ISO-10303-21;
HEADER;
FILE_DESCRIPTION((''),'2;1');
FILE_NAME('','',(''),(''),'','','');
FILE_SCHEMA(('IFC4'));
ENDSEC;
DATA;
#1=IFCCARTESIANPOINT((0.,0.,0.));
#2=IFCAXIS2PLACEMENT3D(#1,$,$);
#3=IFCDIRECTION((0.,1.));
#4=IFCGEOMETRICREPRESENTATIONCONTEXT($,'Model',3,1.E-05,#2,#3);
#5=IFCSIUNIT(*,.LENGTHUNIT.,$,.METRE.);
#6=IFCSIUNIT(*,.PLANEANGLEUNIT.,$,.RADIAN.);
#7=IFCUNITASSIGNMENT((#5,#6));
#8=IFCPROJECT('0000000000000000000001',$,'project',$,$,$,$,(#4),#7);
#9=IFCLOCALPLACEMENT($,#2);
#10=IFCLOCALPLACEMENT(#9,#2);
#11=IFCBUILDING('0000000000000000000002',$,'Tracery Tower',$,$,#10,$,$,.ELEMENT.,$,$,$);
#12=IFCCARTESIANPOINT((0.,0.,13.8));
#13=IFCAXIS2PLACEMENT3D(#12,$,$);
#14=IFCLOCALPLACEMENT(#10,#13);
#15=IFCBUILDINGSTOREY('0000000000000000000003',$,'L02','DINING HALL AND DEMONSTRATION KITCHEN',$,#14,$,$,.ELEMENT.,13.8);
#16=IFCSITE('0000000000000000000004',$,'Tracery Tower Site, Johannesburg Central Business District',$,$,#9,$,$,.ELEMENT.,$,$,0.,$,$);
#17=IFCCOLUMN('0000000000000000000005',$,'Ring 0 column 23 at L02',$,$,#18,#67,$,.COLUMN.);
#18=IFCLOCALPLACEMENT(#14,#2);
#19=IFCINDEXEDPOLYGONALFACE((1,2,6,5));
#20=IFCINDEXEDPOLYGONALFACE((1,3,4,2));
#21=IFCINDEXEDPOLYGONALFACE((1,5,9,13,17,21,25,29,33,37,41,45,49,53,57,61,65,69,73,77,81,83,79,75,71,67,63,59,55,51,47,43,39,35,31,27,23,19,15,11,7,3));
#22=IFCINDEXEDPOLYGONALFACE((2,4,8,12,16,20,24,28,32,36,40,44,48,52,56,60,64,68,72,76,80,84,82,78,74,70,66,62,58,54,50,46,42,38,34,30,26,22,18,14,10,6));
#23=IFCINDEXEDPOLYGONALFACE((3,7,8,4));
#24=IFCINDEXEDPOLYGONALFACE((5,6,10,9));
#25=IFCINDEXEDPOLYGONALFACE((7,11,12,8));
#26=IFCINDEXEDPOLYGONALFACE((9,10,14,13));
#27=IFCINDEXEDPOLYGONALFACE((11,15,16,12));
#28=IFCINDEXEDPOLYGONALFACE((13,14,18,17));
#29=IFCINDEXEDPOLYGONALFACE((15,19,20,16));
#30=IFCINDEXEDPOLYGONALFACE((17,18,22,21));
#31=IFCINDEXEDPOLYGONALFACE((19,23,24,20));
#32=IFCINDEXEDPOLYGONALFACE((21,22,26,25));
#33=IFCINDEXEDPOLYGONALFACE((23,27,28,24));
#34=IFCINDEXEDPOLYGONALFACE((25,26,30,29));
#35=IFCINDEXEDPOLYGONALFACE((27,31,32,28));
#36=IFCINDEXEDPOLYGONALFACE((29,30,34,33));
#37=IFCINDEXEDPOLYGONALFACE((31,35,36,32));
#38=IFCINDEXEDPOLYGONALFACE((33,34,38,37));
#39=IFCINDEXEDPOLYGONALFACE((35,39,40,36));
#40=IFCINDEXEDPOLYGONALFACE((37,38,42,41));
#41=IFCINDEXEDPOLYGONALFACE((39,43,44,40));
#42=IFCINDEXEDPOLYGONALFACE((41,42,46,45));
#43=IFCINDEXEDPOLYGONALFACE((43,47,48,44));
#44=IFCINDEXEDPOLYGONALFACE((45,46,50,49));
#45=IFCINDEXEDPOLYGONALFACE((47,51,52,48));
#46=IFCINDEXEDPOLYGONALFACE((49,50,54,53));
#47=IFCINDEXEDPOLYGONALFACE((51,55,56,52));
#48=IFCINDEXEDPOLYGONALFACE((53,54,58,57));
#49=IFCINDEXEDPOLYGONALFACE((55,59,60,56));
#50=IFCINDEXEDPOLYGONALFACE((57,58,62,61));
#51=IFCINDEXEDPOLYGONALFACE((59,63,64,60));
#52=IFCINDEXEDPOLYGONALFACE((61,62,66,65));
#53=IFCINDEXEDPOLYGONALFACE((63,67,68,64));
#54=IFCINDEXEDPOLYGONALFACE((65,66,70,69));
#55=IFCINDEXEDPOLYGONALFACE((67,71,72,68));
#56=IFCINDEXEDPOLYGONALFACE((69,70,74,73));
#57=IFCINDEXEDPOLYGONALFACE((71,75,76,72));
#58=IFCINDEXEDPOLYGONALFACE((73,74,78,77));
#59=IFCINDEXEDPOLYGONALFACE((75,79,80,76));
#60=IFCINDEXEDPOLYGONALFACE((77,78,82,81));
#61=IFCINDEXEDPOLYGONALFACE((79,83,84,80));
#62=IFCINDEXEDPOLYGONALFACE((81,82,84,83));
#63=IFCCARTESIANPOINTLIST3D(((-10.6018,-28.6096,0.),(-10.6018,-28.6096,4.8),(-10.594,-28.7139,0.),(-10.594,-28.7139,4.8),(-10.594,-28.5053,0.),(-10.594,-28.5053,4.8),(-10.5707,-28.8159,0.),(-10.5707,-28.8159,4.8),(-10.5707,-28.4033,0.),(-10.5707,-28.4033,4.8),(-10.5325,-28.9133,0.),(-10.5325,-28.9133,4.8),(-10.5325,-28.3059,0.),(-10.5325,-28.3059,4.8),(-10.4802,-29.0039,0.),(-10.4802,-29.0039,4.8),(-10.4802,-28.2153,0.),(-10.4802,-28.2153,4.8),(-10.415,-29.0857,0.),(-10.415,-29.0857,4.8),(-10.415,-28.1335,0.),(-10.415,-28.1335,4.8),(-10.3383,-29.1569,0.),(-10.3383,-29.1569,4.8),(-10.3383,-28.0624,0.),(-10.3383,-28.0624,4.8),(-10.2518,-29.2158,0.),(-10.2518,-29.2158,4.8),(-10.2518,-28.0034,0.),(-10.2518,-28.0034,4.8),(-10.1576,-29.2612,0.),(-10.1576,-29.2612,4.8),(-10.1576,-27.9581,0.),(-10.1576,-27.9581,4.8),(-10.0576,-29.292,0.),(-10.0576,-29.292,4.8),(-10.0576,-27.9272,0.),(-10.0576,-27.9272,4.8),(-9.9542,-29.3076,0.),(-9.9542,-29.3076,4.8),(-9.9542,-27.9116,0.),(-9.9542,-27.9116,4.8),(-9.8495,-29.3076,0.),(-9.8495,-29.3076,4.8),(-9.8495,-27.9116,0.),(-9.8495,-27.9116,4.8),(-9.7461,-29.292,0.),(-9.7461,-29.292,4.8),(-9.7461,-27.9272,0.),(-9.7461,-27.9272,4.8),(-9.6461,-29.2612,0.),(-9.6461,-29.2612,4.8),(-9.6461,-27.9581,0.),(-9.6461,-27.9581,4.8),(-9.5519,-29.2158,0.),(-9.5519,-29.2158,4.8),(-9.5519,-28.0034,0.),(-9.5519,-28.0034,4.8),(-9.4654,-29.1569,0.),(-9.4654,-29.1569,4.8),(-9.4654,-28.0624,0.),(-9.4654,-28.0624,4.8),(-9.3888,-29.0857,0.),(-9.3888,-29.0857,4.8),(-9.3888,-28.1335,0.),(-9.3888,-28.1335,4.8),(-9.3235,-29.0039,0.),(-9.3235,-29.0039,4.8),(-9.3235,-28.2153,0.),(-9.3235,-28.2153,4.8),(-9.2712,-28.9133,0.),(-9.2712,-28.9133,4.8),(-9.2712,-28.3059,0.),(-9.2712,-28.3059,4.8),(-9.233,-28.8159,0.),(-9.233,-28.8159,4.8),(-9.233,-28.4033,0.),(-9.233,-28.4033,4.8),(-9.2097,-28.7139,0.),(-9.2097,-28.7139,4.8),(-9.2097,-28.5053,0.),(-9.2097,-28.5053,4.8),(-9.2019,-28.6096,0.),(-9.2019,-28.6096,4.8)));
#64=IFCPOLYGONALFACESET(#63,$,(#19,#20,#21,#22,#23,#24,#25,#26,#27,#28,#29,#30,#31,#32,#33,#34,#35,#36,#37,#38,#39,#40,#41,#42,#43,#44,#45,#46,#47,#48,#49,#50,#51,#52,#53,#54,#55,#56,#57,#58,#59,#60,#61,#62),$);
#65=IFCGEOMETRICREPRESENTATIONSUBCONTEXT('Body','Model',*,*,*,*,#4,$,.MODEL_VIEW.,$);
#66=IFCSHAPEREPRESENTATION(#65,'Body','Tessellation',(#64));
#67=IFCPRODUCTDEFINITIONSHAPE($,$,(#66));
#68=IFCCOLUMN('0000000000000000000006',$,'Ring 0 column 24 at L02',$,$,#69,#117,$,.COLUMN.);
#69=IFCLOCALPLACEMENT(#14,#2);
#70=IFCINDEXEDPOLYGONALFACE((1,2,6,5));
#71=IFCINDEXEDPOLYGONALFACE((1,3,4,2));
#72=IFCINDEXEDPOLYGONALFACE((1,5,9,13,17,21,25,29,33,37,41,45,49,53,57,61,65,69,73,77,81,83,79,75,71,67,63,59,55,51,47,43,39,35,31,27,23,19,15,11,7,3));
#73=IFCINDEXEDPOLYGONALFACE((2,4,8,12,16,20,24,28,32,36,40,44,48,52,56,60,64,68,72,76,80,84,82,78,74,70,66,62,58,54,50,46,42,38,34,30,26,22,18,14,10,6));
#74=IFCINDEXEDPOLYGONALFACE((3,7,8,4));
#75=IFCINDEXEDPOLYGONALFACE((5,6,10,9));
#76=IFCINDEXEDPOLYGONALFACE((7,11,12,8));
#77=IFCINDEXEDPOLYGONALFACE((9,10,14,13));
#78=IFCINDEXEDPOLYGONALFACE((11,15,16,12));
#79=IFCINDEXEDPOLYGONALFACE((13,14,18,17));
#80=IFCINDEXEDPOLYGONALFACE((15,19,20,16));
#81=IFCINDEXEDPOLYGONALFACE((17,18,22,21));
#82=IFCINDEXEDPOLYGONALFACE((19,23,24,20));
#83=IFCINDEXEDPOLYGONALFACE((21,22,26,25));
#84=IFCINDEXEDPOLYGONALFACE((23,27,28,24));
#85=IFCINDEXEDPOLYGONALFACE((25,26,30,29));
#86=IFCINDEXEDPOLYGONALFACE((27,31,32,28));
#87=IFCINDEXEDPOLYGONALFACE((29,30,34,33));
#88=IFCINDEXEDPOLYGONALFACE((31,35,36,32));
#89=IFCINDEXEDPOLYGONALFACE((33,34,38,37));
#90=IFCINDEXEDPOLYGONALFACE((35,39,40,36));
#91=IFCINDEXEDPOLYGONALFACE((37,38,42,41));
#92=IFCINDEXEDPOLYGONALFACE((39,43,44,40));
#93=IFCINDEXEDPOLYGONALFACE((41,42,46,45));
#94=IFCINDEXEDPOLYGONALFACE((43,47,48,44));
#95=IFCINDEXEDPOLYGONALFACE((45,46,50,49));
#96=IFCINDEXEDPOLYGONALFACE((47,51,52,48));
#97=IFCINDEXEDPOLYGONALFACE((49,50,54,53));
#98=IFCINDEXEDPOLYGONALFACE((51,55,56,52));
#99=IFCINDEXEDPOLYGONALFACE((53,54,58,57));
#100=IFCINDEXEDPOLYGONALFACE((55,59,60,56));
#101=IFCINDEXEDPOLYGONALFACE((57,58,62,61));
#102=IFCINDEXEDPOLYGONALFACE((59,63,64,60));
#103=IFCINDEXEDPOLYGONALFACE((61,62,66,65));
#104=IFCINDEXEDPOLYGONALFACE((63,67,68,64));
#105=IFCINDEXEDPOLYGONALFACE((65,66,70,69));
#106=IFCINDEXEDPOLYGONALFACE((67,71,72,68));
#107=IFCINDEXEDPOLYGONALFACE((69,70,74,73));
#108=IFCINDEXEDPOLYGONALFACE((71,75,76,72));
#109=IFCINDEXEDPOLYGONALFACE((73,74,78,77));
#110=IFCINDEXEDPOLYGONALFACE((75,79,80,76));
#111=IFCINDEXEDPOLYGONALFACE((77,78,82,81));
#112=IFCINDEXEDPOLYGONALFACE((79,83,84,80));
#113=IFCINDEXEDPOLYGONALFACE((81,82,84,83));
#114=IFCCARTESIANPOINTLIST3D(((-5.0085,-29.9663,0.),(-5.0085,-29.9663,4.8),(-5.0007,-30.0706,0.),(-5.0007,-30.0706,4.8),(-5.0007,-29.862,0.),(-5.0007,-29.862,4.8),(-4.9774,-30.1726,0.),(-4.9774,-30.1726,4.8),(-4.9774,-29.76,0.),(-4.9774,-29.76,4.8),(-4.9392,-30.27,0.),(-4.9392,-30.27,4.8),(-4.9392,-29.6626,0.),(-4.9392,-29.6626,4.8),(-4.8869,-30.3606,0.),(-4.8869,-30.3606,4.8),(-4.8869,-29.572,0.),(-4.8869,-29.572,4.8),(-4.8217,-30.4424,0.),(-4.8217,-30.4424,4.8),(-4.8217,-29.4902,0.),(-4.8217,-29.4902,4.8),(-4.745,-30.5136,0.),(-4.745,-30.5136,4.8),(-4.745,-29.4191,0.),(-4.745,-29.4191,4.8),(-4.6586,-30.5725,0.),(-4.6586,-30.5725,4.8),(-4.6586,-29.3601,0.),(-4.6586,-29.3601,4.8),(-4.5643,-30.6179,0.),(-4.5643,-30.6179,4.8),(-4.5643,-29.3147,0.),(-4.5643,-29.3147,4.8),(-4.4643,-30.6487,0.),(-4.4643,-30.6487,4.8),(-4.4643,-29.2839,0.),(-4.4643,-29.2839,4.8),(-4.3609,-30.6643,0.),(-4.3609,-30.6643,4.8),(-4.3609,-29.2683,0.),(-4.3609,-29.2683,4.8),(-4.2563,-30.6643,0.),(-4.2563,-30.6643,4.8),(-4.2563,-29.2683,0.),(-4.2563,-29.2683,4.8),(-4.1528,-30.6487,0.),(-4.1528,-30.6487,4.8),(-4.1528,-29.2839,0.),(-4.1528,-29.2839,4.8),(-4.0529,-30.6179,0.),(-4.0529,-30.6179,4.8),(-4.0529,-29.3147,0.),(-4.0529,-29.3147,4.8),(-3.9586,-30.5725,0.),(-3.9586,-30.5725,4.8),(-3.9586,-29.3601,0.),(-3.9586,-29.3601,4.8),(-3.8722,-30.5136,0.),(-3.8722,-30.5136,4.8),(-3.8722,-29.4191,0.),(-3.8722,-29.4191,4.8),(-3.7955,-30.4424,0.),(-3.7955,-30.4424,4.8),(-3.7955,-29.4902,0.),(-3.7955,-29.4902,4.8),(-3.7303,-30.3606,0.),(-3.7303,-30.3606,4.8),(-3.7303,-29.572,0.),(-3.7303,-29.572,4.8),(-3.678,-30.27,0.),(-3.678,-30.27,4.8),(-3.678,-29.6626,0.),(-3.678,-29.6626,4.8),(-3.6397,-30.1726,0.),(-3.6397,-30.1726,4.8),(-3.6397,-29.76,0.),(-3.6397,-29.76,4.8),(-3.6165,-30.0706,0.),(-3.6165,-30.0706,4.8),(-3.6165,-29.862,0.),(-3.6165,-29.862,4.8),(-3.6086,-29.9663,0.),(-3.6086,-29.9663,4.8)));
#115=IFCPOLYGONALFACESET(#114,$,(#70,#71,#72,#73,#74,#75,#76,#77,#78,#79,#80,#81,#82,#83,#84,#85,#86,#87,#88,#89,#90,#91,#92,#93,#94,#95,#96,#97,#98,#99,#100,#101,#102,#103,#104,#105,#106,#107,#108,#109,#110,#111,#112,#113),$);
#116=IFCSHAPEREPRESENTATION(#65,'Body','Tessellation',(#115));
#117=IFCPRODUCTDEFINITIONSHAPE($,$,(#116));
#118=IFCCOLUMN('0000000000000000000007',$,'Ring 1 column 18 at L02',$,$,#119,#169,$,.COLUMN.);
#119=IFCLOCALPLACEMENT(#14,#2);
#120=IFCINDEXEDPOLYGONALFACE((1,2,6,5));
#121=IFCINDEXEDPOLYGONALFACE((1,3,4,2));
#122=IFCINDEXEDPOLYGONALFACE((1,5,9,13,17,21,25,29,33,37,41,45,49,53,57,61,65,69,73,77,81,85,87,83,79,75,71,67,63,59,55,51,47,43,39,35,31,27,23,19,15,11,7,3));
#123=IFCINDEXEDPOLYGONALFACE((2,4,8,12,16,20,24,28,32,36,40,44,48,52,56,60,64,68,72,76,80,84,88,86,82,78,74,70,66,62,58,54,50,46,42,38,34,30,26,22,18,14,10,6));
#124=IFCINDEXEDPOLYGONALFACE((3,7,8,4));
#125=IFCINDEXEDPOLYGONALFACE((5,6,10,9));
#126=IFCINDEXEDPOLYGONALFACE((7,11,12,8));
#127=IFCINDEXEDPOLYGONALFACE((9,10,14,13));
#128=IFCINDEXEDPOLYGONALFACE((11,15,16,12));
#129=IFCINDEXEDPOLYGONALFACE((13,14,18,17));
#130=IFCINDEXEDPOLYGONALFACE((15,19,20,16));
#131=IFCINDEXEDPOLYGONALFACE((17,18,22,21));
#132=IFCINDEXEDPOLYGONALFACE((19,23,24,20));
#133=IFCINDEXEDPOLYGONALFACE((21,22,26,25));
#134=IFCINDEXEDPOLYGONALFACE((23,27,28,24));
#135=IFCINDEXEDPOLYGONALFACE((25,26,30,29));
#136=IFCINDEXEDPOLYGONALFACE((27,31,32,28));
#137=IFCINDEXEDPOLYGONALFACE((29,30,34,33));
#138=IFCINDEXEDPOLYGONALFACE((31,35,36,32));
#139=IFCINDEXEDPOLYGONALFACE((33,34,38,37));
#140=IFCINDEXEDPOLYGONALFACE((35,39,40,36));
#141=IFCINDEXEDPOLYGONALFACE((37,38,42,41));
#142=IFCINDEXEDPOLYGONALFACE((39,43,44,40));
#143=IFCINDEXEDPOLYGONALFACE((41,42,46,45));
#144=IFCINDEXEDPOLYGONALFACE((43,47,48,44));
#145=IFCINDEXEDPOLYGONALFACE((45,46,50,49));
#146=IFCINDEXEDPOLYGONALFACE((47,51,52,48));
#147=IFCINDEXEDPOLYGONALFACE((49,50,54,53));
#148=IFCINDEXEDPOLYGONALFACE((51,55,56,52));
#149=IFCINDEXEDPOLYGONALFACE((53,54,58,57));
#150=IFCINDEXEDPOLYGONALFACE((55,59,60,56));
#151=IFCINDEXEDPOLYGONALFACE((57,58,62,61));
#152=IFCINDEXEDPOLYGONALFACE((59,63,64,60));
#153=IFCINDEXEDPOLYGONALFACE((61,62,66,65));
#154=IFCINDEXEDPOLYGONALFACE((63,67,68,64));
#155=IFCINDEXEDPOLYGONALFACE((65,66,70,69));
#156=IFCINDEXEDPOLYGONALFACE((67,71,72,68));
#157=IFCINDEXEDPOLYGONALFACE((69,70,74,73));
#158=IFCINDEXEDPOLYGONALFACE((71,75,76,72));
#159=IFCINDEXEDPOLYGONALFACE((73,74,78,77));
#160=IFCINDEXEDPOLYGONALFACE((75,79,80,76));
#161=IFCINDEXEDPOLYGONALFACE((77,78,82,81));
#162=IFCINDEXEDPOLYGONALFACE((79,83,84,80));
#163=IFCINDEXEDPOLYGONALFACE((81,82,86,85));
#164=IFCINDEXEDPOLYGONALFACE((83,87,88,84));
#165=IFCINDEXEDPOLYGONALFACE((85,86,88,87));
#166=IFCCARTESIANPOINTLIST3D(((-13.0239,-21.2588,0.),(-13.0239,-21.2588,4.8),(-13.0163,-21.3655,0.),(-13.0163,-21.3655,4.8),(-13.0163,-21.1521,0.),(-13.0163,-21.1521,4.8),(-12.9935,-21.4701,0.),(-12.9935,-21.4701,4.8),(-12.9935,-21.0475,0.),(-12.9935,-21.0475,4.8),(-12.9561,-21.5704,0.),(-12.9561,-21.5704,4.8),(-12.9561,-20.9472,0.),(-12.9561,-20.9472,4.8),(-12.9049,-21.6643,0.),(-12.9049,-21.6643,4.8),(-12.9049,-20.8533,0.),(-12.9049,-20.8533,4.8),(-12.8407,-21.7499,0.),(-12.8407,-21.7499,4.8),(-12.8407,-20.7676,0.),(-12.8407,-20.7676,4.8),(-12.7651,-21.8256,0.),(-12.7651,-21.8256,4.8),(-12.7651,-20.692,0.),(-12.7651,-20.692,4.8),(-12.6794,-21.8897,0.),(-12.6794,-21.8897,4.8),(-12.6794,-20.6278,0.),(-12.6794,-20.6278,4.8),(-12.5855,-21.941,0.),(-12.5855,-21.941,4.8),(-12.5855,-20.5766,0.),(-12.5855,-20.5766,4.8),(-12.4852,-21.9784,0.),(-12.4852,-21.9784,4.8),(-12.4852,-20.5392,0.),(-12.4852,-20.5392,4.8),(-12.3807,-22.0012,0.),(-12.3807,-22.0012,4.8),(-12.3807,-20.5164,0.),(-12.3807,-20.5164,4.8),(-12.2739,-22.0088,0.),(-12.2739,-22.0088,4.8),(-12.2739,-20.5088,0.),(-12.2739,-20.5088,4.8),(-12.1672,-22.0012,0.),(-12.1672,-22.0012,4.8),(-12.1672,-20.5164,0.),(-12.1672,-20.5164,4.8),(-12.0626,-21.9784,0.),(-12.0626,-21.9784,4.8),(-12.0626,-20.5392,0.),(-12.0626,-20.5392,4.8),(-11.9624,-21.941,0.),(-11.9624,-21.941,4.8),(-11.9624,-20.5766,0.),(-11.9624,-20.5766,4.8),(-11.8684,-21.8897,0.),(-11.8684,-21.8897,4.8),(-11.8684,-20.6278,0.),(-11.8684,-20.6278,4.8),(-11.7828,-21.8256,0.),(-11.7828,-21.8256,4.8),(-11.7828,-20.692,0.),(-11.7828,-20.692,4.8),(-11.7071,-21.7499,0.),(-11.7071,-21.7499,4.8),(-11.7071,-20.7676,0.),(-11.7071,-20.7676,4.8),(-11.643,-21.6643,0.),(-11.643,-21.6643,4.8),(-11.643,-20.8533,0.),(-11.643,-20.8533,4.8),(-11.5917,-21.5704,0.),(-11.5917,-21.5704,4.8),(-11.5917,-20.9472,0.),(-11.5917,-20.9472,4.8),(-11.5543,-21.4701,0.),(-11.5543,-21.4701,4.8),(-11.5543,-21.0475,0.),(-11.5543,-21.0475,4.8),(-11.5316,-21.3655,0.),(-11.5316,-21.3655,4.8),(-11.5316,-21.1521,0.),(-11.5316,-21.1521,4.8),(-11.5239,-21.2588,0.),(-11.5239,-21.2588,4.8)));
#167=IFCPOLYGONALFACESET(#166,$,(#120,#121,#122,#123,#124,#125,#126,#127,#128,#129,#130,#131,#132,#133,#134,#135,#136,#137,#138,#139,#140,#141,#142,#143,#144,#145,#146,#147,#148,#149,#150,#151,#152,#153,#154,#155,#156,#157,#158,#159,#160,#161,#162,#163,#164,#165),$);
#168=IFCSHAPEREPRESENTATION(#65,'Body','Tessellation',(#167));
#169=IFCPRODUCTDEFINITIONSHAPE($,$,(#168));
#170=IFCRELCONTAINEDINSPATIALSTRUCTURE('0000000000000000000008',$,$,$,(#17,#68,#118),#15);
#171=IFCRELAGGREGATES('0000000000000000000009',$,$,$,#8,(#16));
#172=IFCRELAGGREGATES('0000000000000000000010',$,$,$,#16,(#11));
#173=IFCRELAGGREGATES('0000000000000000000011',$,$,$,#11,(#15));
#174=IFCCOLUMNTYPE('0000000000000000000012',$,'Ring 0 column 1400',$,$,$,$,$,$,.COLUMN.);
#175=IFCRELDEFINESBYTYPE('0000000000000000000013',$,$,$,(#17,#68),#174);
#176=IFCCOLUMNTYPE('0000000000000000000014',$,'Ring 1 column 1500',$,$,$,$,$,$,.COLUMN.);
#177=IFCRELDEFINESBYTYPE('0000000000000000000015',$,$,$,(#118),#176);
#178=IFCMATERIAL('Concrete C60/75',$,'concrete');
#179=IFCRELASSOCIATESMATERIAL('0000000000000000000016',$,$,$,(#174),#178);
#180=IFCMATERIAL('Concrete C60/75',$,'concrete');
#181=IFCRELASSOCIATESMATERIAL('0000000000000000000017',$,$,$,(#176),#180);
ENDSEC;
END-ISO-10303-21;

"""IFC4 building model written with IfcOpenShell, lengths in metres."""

from ifc_helpers import new_model, si_unit, direction, frame, origin, origin_2d, place, context, subcontext, project, spatial, circle, extrude, material, material_profile, profile_set, type_object, element, save


model = new_model("IFC4")

# Units and contexts
model_context = context("Model", 3, precision=1e-05, world=origin(), true_north=direction((0.0, 1.0)))
body_context = subcontext(model_context, "Body", "Model", "MODEL_VIEW")
ifc_project = project(units=[si_unit("LENGTHUNIT", "METRE"), si_unit("PLANEANGLEUNIT", "RADIAN")], contexts=[model_context])

# Site, building, storey
site_placement = place(None, origin())
site = spatial("IfcSite", under=ifc_project, at=site_placement, Name="Tracery Tower Site, Johannesburg Central Business District", CompositionType="ELEMENT", RefElevation=0.0)
building_placement = place(site_placement, origin())
building = spatial("IfcBuilding", under=site, at=building_placement, Name="Tracery Tower", CompositionType="ELEMENT")
storey_placement = place(building_placement, frame((0.0, 0.0, 13.8)))
storey = spatial("IfcBuildingStorey", under=building, at=storey_placement, Name="L02", Description="DINING HALL AND DEMONSTRATION KITCHEN", CompositionType="ELEMENT", Elevation=13.8)

# Columns
ifc_material_1 = material(Name="Concrete C60/75", Category="concrete")
ifc_material_profile_1 = material_profile(ifc_material_1, circle(Radius=0.7, at=origin_2d()), Name="RC D1400")
ifc_profile_set_1 = profile_set([ifc_material_profile_1], Name="Concrete C60/75")
column_type_1 = type_object("IfcColumnType", Name="Ring 0 column 1400", PredefinedType="COLUMN", material=ifc_profile_set_1)
for number, where, z_axis, x_axis, name in (
    (1, (-9.9019, -28.6096, 0.0), (0.0, 0.0, 1.0), (1.0, 0.0, 0.0), "Ring 0 column 23 at L02"),
    (2, (-4.3086, -29.9663, 0.0), (0.0, 0.0, 1.0), (1.0, 0.0, 0.0), "Ring 0 column 24 at L02"),
):
    element("IfcColumn", number, at=place(storey_placement, frame(where, z_axis=z_axis, x_axis=x_axis)), inside=storey, type_object=column_type_1, Name=name, PredefinedType="COLUMN", context=body_context, shape_type="SweptSolid", body=[
        extrude(circle(Radius=0.7, at=origin_2d()), origin(), (0.0, 0.0, 1.0), 4.8),
    ])
ifc_material_2 = material(Name="Concrete C60/75", Category="concrete")
ifc_material_profile_2 = material_profile(ifc_material_2, circle(Radius=0.75, at=origin_2d()), Name="RC D1500")
ifc_profile_set_2 = profile_set([ifc_material_profile_2], Name="Concrete C60/75")
column_type_2 = type_object("IfcColumnType", Name="Ring 1 column 1500", PredefinedType="COLUMN", material=ifc_profile_set_2)
for number, where, z_axis, x_axis, name in (
    (3, (-12.2739, -21.2588, 0.0), (0.0, 0.0, 1.0), (1.0, 0.0, 0.0), "Ring 1 column 18 at L02"),
):
    element("IfcColumn", number, at=place(storey_placement, frame(where, z_axis=z_axis, x_axis=x_axis)), inside=storey, type_object=column_type_2, Name=name, PredefinedType="COLUMN", context=body_context, shape_type="SweptSolid", body=[
        extrude(circle(Radius=0.75, at=origin_2d()), origin(), (0.0, 0.0, 1.0), 4.8),
    ])

save(model, "model.ifc")
